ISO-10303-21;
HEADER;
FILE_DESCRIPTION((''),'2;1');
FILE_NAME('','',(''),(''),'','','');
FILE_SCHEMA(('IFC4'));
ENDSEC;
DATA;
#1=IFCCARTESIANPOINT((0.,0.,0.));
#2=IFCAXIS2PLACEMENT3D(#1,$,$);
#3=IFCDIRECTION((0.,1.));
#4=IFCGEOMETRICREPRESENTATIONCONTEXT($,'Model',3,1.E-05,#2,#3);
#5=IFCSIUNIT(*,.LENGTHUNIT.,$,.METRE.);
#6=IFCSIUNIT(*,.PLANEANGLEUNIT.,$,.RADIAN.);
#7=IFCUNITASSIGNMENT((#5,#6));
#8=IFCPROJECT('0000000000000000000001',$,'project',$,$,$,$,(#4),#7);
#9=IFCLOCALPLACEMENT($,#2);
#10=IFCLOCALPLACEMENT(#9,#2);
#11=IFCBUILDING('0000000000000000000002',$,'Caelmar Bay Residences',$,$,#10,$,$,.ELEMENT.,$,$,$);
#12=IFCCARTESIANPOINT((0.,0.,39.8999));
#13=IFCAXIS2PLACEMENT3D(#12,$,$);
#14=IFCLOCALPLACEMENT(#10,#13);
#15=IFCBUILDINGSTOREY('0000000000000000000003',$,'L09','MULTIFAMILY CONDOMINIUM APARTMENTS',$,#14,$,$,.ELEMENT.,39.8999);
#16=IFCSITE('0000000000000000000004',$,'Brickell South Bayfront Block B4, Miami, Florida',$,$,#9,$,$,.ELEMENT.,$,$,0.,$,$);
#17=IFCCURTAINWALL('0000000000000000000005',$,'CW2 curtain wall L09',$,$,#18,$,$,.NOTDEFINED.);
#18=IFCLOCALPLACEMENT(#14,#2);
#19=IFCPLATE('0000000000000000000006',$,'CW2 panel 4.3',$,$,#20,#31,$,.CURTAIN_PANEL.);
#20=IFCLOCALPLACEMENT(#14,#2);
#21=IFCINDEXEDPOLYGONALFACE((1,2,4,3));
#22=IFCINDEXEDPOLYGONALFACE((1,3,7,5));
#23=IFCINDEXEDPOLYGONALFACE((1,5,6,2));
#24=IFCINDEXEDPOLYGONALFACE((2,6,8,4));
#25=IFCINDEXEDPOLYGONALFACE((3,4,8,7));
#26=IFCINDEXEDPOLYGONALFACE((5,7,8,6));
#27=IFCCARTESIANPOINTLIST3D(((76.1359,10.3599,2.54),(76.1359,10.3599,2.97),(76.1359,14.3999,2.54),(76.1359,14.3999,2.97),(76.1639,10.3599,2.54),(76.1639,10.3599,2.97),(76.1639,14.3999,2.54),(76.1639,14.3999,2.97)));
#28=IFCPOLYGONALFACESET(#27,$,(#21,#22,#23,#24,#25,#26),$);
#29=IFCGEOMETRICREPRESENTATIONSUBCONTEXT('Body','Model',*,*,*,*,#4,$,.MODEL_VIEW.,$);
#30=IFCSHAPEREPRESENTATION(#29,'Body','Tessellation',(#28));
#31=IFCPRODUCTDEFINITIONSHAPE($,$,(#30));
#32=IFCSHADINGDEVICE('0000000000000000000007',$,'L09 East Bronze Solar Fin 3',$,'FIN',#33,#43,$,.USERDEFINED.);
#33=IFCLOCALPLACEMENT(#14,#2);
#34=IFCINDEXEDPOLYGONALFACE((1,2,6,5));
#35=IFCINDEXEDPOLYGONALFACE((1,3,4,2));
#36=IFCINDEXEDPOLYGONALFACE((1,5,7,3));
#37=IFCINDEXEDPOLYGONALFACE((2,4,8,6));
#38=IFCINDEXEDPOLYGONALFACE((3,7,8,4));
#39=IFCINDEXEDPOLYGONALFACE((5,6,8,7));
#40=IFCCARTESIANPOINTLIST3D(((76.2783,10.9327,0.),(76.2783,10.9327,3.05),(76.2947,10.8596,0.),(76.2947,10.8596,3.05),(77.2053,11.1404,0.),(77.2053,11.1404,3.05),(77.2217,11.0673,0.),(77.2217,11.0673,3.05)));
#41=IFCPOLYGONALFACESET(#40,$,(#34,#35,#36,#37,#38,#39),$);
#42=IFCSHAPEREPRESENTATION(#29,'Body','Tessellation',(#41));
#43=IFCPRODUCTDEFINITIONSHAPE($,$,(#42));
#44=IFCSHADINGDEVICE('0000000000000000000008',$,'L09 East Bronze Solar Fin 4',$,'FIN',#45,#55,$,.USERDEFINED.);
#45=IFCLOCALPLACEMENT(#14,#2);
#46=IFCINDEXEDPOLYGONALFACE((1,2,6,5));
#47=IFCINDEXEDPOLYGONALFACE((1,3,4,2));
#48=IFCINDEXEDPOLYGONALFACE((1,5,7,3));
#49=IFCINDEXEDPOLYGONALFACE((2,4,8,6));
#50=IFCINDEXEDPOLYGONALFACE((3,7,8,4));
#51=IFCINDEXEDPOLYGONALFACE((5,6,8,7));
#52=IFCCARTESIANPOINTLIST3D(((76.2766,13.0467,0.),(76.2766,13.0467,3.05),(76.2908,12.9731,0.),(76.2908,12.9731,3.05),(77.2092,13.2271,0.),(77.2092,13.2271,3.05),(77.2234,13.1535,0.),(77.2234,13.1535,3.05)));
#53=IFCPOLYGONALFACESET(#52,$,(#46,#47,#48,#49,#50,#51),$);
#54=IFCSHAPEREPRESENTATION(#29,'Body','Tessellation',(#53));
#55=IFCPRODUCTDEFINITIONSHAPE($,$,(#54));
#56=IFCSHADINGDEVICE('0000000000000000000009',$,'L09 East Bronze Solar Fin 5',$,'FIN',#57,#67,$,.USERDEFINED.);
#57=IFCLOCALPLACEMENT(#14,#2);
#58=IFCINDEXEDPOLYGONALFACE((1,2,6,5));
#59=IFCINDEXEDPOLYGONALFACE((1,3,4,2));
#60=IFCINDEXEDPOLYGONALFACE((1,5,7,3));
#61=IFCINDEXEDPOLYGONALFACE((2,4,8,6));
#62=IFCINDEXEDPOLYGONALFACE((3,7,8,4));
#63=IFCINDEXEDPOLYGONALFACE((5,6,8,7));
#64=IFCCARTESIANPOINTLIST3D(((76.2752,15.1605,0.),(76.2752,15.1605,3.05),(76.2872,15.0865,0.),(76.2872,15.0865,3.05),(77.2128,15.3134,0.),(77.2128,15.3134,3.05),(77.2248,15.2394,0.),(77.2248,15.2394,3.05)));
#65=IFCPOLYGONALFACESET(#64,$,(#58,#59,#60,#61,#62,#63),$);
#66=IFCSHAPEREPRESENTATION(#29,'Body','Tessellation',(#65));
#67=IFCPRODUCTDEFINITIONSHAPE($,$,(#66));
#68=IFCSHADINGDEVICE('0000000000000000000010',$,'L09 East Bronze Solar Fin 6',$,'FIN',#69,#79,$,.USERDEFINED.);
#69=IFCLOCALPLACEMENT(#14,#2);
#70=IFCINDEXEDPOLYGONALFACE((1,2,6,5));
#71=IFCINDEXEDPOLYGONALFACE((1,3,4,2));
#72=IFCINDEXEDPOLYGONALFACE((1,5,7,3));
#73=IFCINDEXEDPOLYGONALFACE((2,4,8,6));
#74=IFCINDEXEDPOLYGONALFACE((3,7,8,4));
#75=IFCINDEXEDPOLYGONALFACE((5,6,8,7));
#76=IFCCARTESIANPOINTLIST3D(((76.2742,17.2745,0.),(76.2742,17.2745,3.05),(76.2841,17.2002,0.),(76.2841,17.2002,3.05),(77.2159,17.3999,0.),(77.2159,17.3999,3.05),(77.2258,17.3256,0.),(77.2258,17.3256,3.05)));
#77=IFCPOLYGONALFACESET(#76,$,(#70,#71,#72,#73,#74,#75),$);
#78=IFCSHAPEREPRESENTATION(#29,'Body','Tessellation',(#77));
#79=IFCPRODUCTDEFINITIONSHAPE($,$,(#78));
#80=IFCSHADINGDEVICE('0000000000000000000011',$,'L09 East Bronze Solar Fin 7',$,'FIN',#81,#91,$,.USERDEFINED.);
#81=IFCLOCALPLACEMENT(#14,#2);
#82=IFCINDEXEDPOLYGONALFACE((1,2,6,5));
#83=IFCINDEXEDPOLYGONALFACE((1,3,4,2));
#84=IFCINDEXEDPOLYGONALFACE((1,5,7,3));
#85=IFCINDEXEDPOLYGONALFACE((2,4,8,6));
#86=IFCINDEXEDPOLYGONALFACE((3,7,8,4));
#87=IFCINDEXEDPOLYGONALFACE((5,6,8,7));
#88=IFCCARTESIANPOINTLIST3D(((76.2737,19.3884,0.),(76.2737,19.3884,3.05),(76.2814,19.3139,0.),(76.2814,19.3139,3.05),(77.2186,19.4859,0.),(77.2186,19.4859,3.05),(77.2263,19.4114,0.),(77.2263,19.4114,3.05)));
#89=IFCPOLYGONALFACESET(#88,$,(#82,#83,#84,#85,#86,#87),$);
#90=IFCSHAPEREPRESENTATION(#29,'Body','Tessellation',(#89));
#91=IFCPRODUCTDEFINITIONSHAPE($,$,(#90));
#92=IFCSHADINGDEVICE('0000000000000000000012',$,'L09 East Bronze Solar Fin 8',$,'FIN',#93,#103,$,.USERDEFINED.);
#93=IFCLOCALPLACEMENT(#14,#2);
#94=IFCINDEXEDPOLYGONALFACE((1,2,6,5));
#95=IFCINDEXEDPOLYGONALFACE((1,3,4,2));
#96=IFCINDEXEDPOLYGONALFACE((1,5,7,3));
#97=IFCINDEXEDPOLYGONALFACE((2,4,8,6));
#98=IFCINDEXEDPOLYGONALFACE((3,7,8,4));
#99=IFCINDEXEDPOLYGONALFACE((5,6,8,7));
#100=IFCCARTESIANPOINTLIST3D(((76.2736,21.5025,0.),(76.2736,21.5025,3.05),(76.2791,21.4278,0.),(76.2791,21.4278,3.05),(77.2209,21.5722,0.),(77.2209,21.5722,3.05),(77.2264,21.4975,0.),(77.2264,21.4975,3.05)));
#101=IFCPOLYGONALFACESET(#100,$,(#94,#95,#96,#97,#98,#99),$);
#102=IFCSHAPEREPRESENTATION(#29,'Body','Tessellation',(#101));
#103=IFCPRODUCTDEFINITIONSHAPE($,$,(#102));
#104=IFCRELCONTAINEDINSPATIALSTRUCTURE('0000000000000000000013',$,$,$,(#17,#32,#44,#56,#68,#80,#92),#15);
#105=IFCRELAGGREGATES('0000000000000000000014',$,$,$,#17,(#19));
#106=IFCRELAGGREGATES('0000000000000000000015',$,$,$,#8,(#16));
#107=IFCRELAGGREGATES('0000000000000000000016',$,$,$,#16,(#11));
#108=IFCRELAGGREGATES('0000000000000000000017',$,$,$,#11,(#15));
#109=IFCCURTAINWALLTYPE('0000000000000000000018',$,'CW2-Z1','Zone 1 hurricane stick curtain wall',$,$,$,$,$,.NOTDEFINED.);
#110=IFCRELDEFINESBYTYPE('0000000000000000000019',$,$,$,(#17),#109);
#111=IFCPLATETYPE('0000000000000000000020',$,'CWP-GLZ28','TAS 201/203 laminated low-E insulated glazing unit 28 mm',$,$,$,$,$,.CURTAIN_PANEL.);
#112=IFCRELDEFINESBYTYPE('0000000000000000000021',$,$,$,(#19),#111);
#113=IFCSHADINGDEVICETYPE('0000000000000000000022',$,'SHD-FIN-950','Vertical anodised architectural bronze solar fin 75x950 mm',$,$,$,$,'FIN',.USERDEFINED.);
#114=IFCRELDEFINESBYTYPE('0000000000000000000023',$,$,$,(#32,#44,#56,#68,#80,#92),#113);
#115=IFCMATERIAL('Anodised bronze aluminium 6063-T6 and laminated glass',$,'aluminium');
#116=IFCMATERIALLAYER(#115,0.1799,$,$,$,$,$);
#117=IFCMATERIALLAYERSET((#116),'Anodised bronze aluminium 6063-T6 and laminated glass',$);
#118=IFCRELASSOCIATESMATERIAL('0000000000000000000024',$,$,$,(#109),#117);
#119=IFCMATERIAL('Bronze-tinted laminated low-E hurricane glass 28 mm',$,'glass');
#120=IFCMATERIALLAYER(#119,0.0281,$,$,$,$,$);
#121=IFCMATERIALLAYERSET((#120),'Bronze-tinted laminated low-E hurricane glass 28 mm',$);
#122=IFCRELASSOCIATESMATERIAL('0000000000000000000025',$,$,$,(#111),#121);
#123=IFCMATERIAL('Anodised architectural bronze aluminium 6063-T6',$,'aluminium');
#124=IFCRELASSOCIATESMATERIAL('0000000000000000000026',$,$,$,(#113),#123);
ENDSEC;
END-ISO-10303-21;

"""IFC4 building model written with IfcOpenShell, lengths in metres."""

from ifc_helpers import new_model, si_unit, direction, frame, origin, origin_2d, place, context, subcontext, project, spatial, rectangle, extrude, material, layer, layer_set, material_profile, profile_set, type_object, element, aggregate, save


model = new_model("IFC4")

# Units and contexts
model_context = context("Model", 3, precision=1e-05, world=origin(), true_north=direction((0.0, 1.0)))
body_context = subcontext(model_context, "Body", "Model", "MODEL_VIEW")
ifc_project = project(units=[si_unit("LENGTHUNIT", "METRE"), si_unit("PLANEANGLEUNIT", "RADIAN")], contexts=[model_context])

# Site, building, storey
site_placement = place(None, origin())
site = spatial("IfcSite", under=ifc_project, at=site_placement, Name="Brickell South Bayfront Block B4, Miami, Florida", CompositionType="ELEMENT", RefElevation=0.0)
building_placement = place(site_placement, origin())
building = spatial("IfcBuilding", under=site, at=building_placement, Name="Caelmar Bay Residences", CompositionType="ELEMENT")
storey_placement = place(building_placement, frame((0.0, 0.0, 39.8999)))
storey = spatial("IfcBuildingStorey", under=building, at=storey_placement, Name="L09", Description="MULTIFAMILY CONDOMINIUM APARTMENTS", CompositionType="ELEMENT", Elevation=39.8999)

# Curtain wall, plate
ifc_material_1 = material(Name="Anodised bronze aluminium 6063-T6 and laminated glass", Category="aluminium")
ifc_layer_1 = layer(ifc_material_1, 0.1799)
ifc_layer_set_1 = layer_set([ifc_layer_1], Name="Anodised bronze aluminium 6063-T6 and laminated glass")
curtain_wall_type = type_object("IfcCurtainWallType", Name="CW2-Z1", Description="Zone 1 hurricane stick curtain wall", PredefinedType="NOTDEFINED", material=ifc_layer_set_1)
curtain_wall_placement = place(storey_placement, origin())
curtain_wall = element("IfcCurtainWall", 1, at=curtain_wall_placement, inside=storey, type_object=curtain_wall_type, Name="CW2 curtain wall L09", PredefinedType="NOTDEFINED")
ifc_material_2 = material(Name="Bronze-tinted laminated low-E hurricane glass 28 mm", Category="glass")
ifc_layer_2 = layer(ifc_material_2, 0.0281)
ifc_layer_set_2 = layer_set([ifc_layer_2], Name="Bronze-tinted laminated low-E hurricane glass 28 mm")
plate_type = type_object("IfcPlateType", Name="CWP-GLZ28", Description="TAS 201/203 laminated low-E insulated glazing unit 28 mm", PredefinedType="CURTAIN_PANEL", material=ifc_layer_set_2)
plate_1_placement = place(storey_placement, frame((76.1499, 12.3799, 2.54), z_axis=(0.0, 0.0, 1.0), x_axis=(0.0, -1.0, 0.0)))
plate_1 = element("IfcPlate", 2, at=plate_1_placement, type_object=plate_type, Name="CW2 panel 4.3", PredefinedType="CURTAIN_PANEL", context=body_context, shape_type="SweptSolid", body=[
    extrude(rectangle(XDim=4.04, YDim=0.0281, at=origin_2d()), origin(), (0.0, 0.0, 1.0), 0.4299),
])
aggregate(curtain_wall, [plate_1])

# Shading devices
ifc_material_3 = material(Name="Anodised architectural bronze aluminium 6063-T6", Category="aluminium")
ifc_material_profile_1 = material_profile(ifc_material_3, rectangle(XDim=0.075, YDim=0.95, at=origin_2d()), Name="BRONZE-FIN-75X950")
ifc_profile_set_1 = profile_set([ifc_material_profile_1], Name="Anodised architectural bronze aluminium 6063-T6")
shading_device_type = type_object("IfcShadingDeviceType", Name="SHD-FIN-950", Description="Vertical anodised architectural bronze solar fin 75x950 mm", ElementType="FIN", PredefinedType="USERDEFINED", material=ifc_profile_set_1)
for number, where, z_axis, x_axis, name in (
    (3, (76.75, 11.0, 0.0), (0.0, 0.0, 1.0), (-0.218654, 0.975802, 0.0), "L09 East Bronze Solar Fin 3"),
    (4, (76.75, 13.1001, 0.0), (0.0, 0.0, 1.0), (-0.189952, 0.981793, 0.0), "L09 East Bronze Solar Fin 4"),
    (5, (76.75, 15.2, 0.0), (0.0, 0.0, 1.0), (-0.160915, 0.986968, 0.0), "L09 East Bronze Solar Fin 5"),
    (6, (76.75, 17.3, 0.0), (0.0, 0.0, 1.0), (-0.13191, 0.991262, 0.0), "L09 East Bronze Solar Fin 6"),
    (7, (76.75, 19.3999, 0.0), (0.0, 0.0, 1.0), (-0.102619, 0.994721, 0.0), "L09 East Bronze Solar Fin 7"),
    (8, (76.75, 21.5, 0.0), (0.0, 0.0, 1.0), (-0.073412, 0.997302, 0.0), "L09 East Bronze Solar Fin 8"),
):
    element("IfcShadingDevice", number, at=place(storey_placement, frame(where, z_axis=z_axis, x_axis=x_axis)), inside=storey, type_object=shading_device_type, Name=name, ObjectType="FIN", PredefinedType="USERDEFINED", context=body_context, shape_type="SweptSolid", body=[
        extrude(rectangle(XDim=0.075, YDim=0.95, at=origin_2d()), origin(), (0.0, 0.0, 1.0), 3.05),
    ])

save(model, "model.ifc")
